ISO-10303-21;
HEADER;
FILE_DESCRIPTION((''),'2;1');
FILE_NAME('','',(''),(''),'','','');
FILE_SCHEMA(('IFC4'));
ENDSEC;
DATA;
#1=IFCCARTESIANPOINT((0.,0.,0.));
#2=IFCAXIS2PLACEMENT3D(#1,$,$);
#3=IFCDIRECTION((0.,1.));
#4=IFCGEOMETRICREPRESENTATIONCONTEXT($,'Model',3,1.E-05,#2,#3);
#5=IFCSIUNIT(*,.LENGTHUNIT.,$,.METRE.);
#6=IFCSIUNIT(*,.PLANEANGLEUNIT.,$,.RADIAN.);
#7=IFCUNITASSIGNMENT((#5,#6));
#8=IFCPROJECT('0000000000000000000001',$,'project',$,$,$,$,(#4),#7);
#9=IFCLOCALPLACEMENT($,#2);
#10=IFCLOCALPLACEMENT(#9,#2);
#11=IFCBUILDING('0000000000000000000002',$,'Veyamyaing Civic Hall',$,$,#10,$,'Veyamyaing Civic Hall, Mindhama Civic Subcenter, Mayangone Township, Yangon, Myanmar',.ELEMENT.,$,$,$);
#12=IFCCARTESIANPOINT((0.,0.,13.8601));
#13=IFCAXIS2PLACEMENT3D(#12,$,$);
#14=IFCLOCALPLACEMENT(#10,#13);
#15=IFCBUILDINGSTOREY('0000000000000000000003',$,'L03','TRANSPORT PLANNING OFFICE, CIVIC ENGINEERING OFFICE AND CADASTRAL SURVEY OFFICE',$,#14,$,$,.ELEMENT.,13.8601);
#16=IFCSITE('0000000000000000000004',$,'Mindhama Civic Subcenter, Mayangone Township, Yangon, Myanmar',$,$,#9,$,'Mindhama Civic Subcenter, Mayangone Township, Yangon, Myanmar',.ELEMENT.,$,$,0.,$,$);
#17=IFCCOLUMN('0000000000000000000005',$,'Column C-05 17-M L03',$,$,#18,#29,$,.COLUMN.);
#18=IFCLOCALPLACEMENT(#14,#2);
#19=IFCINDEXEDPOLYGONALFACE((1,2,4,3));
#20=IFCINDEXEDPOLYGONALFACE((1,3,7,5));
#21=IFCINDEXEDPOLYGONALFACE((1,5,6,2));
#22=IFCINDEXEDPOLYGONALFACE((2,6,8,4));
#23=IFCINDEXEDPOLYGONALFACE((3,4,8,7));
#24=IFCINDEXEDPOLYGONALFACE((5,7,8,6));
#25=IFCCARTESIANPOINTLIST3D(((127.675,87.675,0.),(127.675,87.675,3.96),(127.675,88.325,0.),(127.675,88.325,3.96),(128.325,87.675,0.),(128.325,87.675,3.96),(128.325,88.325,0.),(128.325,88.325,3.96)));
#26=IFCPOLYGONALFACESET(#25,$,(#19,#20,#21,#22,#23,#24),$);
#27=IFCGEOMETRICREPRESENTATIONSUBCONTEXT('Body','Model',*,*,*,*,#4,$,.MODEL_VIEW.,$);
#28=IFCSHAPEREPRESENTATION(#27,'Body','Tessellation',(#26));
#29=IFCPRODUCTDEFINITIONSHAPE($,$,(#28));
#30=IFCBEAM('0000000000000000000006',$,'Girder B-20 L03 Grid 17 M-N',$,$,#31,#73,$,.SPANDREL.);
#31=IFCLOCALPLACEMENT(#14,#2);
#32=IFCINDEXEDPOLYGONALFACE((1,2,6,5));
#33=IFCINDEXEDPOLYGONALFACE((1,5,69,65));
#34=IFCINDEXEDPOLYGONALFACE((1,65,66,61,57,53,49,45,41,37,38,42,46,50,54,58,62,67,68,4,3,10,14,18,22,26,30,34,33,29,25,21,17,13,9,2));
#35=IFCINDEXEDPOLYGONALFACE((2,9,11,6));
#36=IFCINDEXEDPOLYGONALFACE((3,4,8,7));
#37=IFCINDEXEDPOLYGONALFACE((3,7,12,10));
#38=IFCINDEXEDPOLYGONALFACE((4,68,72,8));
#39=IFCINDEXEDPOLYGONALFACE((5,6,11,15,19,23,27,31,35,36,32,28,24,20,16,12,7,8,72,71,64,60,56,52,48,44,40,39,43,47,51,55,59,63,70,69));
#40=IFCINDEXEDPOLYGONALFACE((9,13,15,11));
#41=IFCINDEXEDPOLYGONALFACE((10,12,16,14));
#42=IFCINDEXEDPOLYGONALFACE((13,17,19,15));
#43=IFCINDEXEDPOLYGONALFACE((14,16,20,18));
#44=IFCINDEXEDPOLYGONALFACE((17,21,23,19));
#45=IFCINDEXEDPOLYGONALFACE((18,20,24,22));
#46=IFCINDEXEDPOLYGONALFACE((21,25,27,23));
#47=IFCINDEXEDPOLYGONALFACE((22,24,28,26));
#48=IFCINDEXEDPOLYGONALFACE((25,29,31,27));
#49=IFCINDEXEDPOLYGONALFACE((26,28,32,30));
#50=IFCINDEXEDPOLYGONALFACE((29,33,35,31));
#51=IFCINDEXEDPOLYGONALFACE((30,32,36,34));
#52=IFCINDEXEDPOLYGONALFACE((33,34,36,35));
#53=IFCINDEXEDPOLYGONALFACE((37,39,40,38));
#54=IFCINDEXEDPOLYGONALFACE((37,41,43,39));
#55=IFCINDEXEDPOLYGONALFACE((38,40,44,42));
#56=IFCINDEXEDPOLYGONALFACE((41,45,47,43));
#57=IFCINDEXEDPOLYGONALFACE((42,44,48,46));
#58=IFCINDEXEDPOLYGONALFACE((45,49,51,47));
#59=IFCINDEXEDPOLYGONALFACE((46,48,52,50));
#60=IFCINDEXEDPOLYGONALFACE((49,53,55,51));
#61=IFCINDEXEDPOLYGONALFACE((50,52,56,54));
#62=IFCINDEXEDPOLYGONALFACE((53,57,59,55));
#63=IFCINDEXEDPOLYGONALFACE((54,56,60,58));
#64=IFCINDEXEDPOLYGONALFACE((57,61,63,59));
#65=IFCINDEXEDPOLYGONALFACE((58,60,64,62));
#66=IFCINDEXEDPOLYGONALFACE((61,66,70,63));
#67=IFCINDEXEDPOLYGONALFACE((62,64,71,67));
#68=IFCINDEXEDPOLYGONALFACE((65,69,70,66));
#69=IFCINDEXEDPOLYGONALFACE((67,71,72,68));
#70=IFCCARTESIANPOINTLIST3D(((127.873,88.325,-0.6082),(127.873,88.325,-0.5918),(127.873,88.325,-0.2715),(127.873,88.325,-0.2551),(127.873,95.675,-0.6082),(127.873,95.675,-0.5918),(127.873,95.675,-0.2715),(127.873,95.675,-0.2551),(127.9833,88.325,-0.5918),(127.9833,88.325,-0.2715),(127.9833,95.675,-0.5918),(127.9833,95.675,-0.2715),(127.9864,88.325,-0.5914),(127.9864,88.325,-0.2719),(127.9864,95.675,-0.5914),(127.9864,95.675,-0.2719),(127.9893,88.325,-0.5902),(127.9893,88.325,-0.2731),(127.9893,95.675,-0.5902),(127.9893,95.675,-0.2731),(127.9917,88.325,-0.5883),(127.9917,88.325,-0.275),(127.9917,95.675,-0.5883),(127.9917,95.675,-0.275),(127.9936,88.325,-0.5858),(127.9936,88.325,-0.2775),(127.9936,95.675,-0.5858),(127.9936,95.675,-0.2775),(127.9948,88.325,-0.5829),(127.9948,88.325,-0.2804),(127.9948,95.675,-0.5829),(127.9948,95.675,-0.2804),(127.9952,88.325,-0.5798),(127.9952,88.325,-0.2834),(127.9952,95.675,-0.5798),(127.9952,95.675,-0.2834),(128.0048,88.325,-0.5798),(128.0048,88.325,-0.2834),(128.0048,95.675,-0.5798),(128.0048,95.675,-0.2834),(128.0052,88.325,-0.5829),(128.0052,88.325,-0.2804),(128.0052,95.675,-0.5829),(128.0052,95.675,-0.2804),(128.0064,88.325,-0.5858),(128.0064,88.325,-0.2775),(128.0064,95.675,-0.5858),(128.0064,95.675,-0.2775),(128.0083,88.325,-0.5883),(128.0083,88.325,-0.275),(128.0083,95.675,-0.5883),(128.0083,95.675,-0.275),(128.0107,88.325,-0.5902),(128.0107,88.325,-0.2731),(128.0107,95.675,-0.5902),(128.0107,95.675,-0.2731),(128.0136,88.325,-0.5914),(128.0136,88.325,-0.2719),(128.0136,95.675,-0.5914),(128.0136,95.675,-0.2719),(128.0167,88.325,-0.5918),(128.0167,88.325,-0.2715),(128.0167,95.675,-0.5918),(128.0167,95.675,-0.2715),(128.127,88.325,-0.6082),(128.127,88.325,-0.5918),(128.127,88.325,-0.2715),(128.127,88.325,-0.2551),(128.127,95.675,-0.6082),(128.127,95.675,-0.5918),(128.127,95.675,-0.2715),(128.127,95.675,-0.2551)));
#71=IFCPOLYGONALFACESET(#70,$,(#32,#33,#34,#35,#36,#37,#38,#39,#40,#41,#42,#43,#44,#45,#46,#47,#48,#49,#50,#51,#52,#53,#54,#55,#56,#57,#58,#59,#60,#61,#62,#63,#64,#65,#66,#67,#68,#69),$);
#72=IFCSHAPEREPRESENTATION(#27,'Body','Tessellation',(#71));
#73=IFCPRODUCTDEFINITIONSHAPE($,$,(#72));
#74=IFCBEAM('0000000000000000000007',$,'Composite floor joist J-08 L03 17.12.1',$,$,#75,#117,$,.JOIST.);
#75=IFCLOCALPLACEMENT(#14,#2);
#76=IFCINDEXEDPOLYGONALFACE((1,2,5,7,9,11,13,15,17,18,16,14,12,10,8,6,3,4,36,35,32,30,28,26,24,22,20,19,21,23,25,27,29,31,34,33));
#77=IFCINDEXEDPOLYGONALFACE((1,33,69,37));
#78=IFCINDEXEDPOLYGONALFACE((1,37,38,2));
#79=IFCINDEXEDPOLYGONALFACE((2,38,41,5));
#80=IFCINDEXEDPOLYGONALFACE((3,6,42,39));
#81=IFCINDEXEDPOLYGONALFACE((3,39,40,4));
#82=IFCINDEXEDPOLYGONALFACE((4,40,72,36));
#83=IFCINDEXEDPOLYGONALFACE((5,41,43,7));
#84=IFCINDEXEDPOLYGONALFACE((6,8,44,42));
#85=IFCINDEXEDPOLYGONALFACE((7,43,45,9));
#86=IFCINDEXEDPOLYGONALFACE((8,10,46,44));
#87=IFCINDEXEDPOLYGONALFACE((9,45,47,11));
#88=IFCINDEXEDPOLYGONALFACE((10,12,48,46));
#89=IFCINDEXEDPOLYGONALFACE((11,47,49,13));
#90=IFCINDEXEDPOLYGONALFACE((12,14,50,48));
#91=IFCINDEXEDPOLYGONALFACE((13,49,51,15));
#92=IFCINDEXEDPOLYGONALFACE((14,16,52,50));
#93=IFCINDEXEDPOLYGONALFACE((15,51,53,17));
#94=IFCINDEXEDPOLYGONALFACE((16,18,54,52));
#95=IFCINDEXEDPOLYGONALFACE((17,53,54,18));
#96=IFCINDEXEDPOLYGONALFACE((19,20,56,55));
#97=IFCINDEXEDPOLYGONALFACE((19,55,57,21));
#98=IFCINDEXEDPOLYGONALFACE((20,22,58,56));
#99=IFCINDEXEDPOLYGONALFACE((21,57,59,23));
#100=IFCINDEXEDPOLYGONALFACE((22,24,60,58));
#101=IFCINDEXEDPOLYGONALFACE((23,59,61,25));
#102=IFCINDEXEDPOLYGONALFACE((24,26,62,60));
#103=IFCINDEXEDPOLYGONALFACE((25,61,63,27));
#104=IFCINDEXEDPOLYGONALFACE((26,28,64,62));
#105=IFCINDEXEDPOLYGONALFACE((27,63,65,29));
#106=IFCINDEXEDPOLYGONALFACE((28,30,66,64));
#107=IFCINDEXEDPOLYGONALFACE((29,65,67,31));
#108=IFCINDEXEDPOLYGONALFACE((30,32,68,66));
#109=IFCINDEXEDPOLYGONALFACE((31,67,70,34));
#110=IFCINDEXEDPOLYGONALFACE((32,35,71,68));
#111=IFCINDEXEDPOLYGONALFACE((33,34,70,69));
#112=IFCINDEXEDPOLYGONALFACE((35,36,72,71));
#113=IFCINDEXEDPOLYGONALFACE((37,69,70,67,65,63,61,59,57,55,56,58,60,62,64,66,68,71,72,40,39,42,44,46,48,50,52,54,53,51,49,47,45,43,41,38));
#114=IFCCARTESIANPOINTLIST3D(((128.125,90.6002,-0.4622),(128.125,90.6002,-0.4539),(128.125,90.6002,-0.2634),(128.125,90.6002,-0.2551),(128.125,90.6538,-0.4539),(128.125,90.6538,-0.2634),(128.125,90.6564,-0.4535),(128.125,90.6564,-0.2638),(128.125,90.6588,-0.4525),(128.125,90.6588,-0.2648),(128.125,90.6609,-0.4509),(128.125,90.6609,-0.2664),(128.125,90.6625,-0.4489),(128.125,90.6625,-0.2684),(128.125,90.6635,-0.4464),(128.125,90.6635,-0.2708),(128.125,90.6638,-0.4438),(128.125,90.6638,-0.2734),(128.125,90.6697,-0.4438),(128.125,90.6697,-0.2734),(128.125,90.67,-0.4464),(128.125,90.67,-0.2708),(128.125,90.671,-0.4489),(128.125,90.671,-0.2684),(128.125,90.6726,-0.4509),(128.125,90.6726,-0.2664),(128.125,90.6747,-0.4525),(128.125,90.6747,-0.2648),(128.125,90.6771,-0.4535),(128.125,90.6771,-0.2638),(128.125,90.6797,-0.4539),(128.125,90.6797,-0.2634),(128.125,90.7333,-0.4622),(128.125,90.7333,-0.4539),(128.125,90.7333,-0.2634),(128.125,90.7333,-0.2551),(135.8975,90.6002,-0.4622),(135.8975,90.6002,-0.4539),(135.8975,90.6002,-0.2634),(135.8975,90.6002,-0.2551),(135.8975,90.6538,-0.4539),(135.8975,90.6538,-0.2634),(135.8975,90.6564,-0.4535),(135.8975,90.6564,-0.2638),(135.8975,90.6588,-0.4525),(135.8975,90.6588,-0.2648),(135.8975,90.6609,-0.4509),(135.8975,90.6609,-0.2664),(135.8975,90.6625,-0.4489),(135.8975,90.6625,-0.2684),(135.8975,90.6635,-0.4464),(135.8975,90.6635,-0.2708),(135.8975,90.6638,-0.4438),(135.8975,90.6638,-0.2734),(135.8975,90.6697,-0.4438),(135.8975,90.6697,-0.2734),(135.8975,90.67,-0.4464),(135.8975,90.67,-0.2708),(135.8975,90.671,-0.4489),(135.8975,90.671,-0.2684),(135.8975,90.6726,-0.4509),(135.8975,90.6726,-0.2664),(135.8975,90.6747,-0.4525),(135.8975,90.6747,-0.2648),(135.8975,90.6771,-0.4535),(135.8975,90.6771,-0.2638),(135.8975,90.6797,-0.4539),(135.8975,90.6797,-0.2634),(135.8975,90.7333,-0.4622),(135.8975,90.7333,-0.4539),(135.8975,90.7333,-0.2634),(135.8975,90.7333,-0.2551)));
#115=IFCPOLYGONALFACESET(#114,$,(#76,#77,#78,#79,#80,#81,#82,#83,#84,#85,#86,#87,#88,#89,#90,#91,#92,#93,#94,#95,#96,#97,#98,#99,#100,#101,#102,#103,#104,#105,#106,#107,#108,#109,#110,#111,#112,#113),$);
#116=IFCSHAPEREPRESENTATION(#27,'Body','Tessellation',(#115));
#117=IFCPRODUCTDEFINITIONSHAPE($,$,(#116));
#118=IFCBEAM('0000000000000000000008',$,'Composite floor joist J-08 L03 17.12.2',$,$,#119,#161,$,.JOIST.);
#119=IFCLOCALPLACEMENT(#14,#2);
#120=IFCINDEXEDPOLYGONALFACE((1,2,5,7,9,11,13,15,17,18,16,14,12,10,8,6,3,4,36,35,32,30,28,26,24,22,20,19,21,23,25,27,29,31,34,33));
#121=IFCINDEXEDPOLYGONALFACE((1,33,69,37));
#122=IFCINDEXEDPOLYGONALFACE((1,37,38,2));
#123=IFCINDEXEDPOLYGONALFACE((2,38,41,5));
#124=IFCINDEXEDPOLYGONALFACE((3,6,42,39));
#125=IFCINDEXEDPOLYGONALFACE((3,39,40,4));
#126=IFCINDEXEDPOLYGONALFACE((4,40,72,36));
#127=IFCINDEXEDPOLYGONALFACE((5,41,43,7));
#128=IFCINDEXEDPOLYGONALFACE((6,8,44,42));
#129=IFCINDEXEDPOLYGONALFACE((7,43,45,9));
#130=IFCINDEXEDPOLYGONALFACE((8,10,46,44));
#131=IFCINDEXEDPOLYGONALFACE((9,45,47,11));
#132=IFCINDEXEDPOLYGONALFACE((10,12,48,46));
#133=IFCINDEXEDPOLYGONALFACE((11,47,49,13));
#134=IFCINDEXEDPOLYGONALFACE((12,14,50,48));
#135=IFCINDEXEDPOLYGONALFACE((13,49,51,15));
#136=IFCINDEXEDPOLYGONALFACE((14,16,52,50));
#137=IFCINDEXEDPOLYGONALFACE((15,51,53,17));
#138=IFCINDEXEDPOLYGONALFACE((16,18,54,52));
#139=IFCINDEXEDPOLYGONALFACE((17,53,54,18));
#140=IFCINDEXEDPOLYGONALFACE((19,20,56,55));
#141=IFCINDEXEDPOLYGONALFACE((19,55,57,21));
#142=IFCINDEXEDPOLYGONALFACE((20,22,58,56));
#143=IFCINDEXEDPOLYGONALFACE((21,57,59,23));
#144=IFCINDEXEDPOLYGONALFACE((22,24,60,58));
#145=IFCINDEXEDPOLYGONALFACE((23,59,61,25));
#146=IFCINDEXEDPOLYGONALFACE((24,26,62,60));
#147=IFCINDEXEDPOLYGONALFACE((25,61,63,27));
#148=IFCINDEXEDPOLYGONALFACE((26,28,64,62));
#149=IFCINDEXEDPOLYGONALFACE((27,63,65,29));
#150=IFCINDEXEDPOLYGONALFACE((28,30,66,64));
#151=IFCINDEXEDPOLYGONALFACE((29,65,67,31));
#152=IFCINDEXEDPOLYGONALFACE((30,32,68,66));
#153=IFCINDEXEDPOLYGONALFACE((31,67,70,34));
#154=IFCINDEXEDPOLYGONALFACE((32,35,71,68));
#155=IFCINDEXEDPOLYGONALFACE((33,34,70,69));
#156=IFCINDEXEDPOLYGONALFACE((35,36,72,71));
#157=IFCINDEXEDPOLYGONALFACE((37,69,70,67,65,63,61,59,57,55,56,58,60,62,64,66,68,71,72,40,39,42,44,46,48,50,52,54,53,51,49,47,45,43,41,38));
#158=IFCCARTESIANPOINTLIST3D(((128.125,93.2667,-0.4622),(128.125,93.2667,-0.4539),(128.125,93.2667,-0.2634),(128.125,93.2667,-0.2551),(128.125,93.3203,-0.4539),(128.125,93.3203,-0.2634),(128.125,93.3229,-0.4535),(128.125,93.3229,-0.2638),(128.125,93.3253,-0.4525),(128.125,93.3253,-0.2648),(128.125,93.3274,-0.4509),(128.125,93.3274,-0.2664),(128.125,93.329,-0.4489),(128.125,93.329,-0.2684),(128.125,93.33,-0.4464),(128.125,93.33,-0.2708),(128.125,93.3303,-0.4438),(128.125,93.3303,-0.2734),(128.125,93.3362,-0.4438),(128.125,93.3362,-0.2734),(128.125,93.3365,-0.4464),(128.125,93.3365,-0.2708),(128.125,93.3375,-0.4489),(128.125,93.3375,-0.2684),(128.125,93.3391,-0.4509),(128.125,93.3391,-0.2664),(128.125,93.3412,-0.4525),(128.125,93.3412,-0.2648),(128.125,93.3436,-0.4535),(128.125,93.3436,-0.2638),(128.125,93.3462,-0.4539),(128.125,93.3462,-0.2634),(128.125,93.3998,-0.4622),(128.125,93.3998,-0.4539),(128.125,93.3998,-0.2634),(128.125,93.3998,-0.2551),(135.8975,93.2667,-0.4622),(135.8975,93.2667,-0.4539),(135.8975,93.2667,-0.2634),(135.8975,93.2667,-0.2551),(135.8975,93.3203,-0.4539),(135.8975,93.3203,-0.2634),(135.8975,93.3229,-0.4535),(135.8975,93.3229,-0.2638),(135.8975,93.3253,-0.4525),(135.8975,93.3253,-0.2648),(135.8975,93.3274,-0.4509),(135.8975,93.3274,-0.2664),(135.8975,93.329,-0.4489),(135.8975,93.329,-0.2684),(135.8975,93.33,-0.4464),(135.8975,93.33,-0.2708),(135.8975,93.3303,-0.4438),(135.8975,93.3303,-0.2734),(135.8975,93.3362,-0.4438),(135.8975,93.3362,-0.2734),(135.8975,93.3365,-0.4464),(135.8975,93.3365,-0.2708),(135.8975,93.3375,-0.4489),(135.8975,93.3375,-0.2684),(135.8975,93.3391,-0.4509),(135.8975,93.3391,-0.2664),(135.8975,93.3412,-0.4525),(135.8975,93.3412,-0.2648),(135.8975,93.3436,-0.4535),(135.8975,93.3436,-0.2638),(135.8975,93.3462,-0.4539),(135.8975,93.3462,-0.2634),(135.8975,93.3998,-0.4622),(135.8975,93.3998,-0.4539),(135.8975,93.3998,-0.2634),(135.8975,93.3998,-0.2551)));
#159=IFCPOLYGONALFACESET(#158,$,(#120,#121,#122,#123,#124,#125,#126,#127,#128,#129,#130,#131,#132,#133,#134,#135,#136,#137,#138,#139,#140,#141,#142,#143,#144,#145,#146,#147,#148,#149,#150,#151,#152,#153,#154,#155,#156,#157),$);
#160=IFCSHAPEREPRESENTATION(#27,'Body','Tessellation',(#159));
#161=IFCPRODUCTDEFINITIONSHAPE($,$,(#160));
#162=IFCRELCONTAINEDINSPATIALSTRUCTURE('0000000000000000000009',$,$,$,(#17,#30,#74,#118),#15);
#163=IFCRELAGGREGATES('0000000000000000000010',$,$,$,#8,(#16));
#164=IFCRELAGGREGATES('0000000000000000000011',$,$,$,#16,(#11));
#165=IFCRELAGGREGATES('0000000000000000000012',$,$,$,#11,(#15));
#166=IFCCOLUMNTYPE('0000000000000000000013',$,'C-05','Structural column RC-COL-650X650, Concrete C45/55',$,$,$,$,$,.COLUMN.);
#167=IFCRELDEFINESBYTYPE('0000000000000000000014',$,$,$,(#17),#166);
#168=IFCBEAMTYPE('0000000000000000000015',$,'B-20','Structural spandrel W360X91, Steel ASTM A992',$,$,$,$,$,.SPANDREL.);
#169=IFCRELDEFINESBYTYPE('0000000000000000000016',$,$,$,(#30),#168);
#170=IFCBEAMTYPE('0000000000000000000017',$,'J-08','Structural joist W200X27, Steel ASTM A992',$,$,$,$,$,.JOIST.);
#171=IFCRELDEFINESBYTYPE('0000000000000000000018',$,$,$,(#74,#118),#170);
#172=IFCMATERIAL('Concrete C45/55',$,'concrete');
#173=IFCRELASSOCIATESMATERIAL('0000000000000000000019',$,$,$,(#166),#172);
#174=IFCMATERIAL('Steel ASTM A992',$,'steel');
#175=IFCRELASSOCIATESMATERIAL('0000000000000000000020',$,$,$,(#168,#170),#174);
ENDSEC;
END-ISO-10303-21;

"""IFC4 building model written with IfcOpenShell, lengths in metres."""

from ifc_helpers import new_model, si_unit, direction, frame, origin, origin_2d, place, context, subcontext, project, spatial, rectangle, i_section, extrude, material, material_profile, profile_set, type_object, element, save


model = new_model("IFC4")

# Units and contexts
model_context = context("Model", 3, precision=1e-05, world=origin(), true_north=direction((0.0, 1.0)))
body_context = subcontext(model_context, "Body", "Model", "MODEL_VIEW")
ifc_project = project(units=[si_unit("LENGTHUNIT", "METRE"), si_unit("PLANEANGLEUNIT", "RADIAN")], contexts=[model_context])

# Site, building, storey
site_placement = place(None, origin())
site = spatial("IfcSite", under=ifc_project, at=site_placement, Name="Mindhama Civic Subcenter, Mayangone Township, Yangon, Myanmar", LongName="Mindhama Civic Subcenter, Mayangone Township, Yangon, Myanmar", CompositionType="ELEMENT", RefElevation=0.0)
building_placement = place(site_placement, origin())
building = spatial("IfcBuilding", under=site, at=building_placement, Name="Veyamyaing Civic Hall", LongName="Veyamyaing Civic Hall, Mindhama Civic Subcenter, Mayangone Township, Yangon, Myanmar", CompositionType="ELEMENT")
storey_placement = place(building_placement, frame((0.0, 0.0, 13.8601)))
storey = spatial("IfcBuildingStorey", under=building, at=storey_placement, Name="L03", Description="TRANSPORT PLANNING OFFICE, CIVIC ENGINEERING OFFICE AND CADASTRAL SURVEY OFFICE", CompositionType="ELEMENT", Elevation=13.8601)

# Column
ifc_material_1 = material(Name="Concrete C45/55", Category="concrete")
ifc_material_profile_1 = material_profile(ifc_material_1, rectangle(XDim=0.6499, YDim=0.6499, at=origin_2d()), Name="RC-COL-650X650")
ifc_profile_set_1 = profile_set([ifc_material_profile_1], Name="Concrete C45/55")
column_type = type_object("IfcColumnType", Name="C-05", Description="Structural column RC-COL-650X650, Concrete C45/55", PredefinedType="COLUMN", material=ifc_profile_set_1)
column_placement = place(storey_placement, frame((128.0, 88.0, 0.0), z_axis=(0.0, 0.0, 1.0), x_axis=(1.0, 0.0, 0.0)))
element("IfcColumn", 1, at=column_placement, inside=storey, type_object=column_type, Name="Column C-05 17-M L03", PredefinedType="COLUMN", context=body_context, shape_type="SweptSolid", body=[
    extrude(rectangle(XDim=0.6499, YDim=0.6499, at=origin_2d()), origin(), (0.0, 0.0, 1.0), 3.96),
])

# Beams
ifc_material_2 = material(Name="Steel ASTM A992", Category="steel")
ifc_material_profile_2 = material_profile(ifc_material_2, i_section(OverallWidth=0.2539, OverallDepth=0.353, WebThickness=0.0095, FlangeThickness=0.0164, FilletRadius=0.012, at=origin_2d()), Name="W360X91")
ifc_profile_set_2 = profile_set([ifc_material_profile_2], Name="Steel ASTM A992")
beam_type_1 = type_object("IfcBeamType", Name="B-20", Description="Structural spandrel W360X91, Steel ASTM A992", PredefinedType="SPANDREL", material=ifc_profile_set_2)
beam_placement = place(storey_placement, frame((128.0, 88.325, -0.4316), z_axis=(0.0, 1.0, 0.0), x_axis=(-1.0, 0.0, 0.0)))
element("IfcBeam", 2, at=beam_placement, inside=storey, type_object=beam_type_1, Name="Girder B-20 L03 Grid 17 M-N", PredefinedType="SPANDREL", context=body_context, shape_type="SweptSolid", body=[
    extrude(i_section(OverallWidth=0.2539, OverallDepth=0.353, WebThickness=0.0095, FlangeThickness=0.0164, FilletRadius=0.012, at=origin_2d()), origin(), (0.0, 0.0, 1.0), 7.3501),
])
ifc_material_profile_3 = material_profile(ifc_material_2, i_section(OverallWidth=0.1331, OverallDepth=0.207, WebThickness=0.0059, FlangeThickness=0.0083, FilletRadius=0.01, at=origin_2d()), Name="W200X27")
ifc_profile_set_3 = profile_set([ifc_material_profile_3], Name="Steel ASTM A992")
beam_type_2 = type_object("IfcBeamType", Name="J-08", Description="Structural joist W200X27, Steel ASTM A992", PredefinedType="JOIST", material=ifc_profile_set_3)
for number, where, z_axis, x_axis, name in (
    (3, (128.125, 90.6667, -0.3586), (1.0, 0.0, 0.0), (0.0, 1.0, 0.0), "Composite floor joist J-08 L03 17.12.1"),
    (4, (128.125, 93.3333, -0.3586), (1.0, 0.0, 0.0), (0.0, 1.0, 0.0), "Composite floor joist J-08 L03 17.12.2"),
):
    element("IfcBeam", number, at=place(storey_placement, frame(where, z_axis=z_axis, x_axis=x_axis)), inside=storey, type_object=beam_type_2, Name=name, PredefinedType="JOIST", context=body_context, shape_type="SweptSolid", body=[
        extrude(i_section(OverallWidth=0.1331, OverallDepth=0.207, WebThickness=0.0059, FlangeThickness=0.0083, FilletRadius=0.01, at=origin_2d()), origin(), (0.0, 0.0, 1.0), 7.7725),
    ])

save(model, "model.ifc")
